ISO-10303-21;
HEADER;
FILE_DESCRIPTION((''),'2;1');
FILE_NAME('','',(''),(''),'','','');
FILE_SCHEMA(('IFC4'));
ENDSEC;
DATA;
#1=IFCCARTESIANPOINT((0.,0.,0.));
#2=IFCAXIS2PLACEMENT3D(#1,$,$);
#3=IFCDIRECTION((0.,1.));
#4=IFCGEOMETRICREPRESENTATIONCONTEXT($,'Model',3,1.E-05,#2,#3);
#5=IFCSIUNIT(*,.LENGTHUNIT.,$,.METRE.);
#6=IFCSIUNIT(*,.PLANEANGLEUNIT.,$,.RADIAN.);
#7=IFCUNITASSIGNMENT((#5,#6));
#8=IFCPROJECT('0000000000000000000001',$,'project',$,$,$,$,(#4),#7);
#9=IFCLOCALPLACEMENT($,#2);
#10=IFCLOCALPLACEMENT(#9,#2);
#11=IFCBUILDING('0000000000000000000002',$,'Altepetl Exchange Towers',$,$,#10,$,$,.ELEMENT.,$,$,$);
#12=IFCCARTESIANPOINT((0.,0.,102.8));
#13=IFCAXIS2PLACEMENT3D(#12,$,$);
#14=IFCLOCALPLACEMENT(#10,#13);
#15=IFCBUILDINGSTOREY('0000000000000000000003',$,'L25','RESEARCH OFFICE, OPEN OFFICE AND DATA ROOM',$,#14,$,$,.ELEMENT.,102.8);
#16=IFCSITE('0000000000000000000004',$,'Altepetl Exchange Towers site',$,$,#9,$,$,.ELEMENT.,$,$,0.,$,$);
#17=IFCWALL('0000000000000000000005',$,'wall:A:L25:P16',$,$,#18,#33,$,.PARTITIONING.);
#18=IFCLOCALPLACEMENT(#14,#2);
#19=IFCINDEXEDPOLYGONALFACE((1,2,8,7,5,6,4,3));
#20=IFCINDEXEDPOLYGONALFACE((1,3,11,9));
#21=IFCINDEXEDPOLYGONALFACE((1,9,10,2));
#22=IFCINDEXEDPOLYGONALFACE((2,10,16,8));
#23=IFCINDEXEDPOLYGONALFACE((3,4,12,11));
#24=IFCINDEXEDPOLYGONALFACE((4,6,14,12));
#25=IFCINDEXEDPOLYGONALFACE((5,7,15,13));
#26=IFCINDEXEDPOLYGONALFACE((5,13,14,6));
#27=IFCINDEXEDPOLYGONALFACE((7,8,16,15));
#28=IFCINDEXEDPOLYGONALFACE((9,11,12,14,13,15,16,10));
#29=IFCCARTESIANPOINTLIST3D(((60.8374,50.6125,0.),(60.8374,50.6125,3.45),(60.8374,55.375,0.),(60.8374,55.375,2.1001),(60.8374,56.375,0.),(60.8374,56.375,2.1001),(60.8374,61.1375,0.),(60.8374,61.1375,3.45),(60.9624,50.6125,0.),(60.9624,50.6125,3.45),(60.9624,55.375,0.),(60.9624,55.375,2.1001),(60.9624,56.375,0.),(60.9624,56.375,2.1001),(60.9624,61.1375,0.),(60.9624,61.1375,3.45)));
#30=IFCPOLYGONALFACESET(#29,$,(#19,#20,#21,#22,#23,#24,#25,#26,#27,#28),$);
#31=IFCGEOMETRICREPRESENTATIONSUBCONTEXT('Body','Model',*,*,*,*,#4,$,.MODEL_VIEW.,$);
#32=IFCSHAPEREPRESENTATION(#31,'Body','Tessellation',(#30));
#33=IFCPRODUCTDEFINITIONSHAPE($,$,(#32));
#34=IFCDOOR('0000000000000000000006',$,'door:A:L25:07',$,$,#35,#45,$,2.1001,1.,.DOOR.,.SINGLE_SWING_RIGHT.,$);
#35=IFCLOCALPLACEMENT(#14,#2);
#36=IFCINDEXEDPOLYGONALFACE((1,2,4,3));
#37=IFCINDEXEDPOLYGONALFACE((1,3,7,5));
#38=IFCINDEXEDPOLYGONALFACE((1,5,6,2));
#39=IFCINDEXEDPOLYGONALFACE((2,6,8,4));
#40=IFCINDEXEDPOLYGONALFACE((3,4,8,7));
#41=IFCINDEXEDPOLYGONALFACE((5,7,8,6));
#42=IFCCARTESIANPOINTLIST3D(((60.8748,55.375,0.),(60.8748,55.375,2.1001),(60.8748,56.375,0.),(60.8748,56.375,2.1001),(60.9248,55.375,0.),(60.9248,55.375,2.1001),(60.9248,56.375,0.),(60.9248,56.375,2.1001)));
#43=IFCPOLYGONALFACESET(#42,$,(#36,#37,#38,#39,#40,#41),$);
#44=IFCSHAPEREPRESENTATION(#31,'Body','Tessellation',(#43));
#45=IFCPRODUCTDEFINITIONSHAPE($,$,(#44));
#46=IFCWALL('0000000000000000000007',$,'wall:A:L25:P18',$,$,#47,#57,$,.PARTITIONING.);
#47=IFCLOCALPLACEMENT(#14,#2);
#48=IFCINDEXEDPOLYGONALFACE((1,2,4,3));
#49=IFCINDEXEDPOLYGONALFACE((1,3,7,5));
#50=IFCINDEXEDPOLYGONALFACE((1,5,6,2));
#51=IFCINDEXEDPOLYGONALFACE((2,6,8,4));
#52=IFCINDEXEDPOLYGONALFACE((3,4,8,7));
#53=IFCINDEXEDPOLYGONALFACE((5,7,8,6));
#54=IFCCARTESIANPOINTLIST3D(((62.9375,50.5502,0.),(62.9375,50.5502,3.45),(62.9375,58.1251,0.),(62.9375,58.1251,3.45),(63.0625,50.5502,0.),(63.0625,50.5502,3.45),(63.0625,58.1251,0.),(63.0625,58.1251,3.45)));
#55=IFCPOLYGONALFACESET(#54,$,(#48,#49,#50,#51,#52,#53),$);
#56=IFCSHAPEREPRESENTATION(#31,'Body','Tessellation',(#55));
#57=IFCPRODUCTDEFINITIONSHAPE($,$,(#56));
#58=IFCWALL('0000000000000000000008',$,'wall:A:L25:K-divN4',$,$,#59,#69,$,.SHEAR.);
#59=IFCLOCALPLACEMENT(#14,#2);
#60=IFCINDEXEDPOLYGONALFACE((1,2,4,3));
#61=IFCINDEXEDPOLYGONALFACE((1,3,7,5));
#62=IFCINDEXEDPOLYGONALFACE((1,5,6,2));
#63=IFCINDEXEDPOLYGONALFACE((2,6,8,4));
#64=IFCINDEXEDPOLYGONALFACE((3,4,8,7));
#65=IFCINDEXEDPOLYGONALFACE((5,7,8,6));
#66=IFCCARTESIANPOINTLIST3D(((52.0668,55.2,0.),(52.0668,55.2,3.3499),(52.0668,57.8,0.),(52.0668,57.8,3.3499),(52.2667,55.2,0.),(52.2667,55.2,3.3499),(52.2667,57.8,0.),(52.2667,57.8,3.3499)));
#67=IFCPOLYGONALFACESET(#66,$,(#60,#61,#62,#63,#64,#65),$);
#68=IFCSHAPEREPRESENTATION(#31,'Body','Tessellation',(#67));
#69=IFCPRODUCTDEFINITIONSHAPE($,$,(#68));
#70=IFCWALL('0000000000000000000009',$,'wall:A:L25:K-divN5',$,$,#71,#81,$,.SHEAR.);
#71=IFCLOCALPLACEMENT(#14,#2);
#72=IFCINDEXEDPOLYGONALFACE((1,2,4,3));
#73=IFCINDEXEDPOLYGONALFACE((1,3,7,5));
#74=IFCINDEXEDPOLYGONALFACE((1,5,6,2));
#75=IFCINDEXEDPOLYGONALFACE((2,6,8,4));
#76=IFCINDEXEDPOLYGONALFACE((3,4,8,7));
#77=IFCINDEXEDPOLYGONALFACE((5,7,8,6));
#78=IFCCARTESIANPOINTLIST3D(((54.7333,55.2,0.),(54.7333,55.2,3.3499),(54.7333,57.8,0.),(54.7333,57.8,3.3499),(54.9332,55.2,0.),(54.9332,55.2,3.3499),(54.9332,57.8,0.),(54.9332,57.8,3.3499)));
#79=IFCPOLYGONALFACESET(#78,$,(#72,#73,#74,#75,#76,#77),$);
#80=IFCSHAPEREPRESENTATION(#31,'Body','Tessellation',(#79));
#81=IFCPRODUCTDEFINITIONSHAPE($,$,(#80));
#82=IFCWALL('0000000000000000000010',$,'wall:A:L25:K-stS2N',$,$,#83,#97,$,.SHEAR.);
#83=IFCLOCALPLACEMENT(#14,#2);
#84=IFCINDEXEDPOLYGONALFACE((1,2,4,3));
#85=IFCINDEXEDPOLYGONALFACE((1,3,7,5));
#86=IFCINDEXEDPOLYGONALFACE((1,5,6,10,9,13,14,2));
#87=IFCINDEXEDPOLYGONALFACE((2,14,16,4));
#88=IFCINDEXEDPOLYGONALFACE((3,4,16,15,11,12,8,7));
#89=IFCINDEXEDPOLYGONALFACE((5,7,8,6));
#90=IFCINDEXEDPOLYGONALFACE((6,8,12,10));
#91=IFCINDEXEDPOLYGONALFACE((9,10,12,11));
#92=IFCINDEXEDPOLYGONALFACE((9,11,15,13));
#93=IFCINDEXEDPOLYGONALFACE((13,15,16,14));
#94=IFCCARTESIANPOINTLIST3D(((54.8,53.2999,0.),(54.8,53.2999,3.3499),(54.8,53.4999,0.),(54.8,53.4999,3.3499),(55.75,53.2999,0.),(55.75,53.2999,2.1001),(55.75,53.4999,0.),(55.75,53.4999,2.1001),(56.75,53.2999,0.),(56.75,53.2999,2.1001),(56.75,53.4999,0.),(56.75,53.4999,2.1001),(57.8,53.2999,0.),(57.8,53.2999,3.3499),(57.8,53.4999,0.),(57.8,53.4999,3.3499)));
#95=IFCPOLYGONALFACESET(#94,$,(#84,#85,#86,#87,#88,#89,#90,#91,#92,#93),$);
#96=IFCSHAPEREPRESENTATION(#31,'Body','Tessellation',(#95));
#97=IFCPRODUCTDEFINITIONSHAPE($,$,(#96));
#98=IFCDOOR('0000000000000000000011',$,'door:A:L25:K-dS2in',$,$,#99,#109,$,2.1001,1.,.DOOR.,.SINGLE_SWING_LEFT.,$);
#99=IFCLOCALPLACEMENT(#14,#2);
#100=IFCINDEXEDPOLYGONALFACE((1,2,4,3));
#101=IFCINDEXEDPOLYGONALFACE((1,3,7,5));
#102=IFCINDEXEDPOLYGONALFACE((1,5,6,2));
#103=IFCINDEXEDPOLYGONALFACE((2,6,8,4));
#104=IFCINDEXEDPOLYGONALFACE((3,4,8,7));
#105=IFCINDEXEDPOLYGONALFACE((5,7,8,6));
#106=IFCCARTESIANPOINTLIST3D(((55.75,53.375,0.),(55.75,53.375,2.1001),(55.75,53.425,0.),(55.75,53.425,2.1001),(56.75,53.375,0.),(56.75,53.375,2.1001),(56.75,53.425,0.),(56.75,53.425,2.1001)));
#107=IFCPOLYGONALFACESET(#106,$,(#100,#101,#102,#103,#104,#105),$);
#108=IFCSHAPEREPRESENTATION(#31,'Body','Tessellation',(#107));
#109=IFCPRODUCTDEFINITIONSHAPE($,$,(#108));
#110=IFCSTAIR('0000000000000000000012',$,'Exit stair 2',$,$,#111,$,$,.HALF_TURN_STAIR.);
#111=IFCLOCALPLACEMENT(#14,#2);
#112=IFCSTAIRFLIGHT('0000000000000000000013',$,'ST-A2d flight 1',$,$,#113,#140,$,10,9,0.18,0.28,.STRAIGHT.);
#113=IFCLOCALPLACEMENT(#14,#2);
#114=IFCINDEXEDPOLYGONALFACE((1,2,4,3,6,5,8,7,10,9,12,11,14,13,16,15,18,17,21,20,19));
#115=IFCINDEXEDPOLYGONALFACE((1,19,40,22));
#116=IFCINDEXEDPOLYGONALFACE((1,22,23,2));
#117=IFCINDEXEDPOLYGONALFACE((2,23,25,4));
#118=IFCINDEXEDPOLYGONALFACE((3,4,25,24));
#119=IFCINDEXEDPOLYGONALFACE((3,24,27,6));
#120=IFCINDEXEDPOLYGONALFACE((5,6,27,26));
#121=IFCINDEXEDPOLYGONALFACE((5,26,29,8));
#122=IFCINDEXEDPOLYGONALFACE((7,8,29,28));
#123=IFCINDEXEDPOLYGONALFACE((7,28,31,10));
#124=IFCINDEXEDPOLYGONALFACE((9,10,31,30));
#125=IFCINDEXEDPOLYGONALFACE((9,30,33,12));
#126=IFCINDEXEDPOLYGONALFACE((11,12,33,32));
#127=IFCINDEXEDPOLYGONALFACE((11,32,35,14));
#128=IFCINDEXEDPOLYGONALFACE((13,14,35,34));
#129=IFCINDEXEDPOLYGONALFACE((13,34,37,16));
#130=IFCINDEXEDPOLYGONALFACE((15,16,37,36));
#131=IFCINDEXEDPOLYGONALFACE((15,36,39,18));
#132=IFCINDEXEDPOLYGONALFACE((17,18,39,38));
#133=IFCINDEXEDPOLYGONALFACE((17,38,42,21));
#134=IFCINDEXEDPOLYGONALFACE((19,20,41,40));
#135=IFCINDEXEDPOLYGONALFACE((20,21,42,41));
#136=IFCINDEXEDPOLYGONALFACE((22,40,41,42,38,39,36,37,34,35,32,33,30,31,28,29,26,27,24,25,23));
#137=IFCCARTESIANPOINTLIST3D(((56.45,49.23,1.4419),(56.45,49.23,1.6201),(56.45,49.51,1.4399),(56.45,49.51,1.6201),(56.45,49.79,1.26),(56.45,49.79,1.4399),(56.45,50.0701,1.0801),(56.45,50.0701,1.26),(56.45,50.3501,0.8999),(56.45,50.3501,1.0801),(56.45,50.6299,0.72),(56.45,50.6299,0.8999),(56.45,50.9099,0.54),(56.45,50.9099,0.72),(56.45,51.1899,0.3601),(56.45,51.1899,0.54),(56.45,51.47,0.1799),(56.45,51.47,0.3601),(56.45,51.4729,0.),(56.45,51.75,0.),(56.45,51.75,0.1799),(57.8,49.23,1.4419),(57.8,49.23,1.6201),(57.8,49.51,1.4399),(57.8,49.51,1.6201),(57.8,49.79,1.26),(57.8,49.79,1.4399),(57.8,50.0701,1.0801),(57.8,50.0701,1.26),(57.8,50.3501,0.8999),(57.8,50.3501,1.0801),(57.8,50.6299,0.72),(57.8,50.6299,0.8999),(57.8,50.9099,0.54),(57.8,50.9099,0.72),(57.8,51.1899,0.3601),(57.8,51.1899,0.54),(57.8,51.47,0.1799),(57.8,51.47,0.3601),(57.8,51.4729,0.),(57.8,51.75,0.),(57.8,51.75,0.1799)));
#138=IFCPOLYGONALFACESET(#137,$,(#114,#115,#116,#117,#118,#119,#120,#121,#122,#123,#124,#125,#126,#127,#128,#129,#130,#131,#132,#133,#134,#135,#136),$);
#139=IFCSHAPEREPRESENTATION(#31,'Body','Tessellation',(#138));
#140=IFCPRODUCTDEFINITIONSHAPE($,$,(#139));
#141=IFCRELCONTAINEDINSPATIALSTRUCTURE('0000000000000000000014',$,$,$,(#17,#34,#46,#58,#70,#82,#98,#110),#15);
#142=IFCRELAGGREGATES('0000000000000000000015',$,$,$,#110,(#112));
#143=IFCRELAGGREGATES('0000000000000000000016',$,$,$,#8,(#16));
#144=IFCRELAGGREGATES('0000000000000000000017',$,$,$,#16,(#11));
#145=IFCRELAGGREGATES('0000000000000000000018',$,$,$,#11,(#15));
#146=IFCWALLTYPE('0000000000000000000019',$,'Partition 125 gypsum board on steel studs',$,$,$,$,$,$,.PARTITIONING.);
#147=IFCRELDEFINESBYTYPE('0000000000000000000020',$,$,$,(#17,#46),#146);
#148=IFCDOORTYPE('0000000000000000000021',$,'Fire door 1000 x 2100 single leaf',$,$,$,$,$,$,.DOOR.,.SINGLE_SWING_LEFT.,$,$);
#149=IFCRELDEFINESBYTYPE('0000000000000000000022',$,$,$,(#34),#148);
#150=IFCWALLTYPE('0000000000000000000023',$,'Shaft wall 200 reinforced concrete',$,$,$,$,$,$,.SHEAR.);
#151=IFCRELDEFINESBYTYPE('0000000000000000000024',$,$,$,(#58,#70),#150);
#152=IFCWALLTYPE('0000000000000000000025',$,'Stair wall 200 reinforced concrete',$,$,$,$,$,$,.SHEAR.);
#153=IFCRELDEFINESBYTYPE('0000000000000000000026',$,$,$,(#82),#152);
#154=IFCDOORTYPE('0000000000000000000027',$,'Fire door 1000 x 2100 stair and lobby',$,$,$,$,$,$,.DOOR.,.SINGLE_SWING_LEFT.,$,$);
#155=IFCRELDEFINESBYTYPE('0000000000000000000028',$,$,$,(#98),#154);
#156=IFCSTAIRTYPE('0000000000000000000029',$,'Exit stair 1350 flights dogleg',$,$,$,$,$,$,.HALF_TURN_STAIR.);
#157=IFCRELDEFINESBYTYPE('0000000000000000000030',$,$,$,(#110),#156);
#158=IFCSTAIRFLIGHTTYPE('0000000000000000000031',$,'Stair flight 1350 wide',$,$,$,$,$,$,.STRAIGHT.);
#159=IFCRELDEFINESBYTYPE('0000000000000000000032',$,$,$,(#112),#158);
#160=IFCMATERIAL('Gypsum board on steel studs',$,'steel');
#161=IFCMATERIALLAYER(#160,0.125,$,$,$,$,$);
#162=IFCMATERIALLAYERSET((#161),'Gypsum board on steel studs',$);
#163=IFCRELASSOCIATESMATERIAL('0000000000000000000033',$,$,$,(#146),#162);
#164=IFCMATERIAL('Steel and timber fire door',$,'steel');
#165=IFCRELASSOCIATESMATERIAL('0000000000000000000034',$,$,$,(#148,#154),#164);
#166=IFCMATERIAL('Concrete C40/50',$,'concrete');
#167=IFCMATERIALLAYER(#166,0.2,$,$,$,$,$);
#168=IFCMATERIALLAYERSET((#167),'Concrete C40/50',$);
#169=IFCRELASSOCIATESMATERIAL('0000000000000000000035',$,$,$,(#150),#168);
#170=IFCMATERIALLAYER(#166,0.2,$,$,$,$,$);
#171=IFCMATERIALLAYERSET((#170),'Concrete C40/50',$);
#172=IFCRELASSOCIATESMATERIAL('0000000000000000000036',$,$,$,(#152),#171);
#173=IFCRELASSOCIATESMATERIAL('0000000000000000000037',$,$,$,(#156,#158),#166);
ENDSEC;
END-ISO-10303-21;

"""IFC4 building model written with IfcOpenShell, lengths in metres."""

from ifc_helpers import new_model, si_unit, direction, frame, frame_2d, origin, place, context, subcontext, project, spatial, polyline, rectangle, outline, extrude, material, layer, layer_set, type_object, element, fill, aggregate, save


model = new_model("IFC4")

# Units and contexts
model_context = context("Model", 3, precision=1e-05, world=origin(), true_north=direction((0.0, 1.0)))
body_context = subcontext(model_context, "Body", "Model", "MODEL_VIEW")
ifc_project = project(units=[si_unit("LENGTHUNIT", "METRE"), si_unit("PLANEANGLEUNIT", "RADIAN")], contexts=[model_context])

# Site, building, storey
site_placement = place(None, origin())
site = spatial("IfcSite", under=ifc_project, at=site_placement, Name="Altepetl Exchange Towers site", CompositionType="ELEMENT", RefElevation=0.0)
building_placement = place(site_placement, origin())
building = spatial("IfcBuilding", under=site, at=building_placement, Name="Altepetl Exchange Towers", CompositionType="ELEMENT")
storey_placement = place(building_placement, frame((0.0, 0.0, 102.8)))
storey = spatial("IfcBuildingStorey", under=building, at=storey_placement, Name="L25", Description="RESEARCH OFFICE, OPEN OFFICE AND DATA ROOM", CompositionType="ELEMENT", Elevation=102.8)

# Wall, opening, door
ifc_material_1 = material(Name="Gypsum board on steel studs", Category="steel")
ifc_layer_1 = layer(ifc_material_1, 0.125)
ifc_layer_set_1 = layer_set([ifc_layer_1], Name="Gypsum board on steel studs")
wall_type_1 = type_object("IfcWallType", Name="Partition 125 gypsum board on steel studs", PredefinedType="PARTITIONING", material=ifc_layer_set_1)
ifc_material_2 = material(Name="Steel and timber fire door", Category="steel")
wall_1_placement = place(storey_placement, frame((60.8999, 50.6125, 0.0), z_axis=(0.0, 0.0, 1.0), x_axis=(0.0, 1.0, 0.0)))
wall_1 = element("IfcWall", 1, at=wall_1_placement, inside=storey, type_object=wall_type_1, Name="wall:A:L25:P16", PredefinedType="PARTITIONING", context=body_context, shape_type="SweptSolid", body=[
    extrude(rectangle(XDim=10.5249, YDim=0.125, at=frame_2d((5.2625, 0.0))), origin(), (0.0, 0.0, 1.0), 3.45),
])
opening_1_placement = place(wall_1_placement, frame((4.7625, 0.0, 0.0)))
opening_1 = element("IfcOpeningElement", 2, at=opening_1_placement, cuts=wall_1, PredefinedType="OPENING", context=body_context, shape_type="SweptSolid", body=[
    extrude(rectangle(XDim=1.0, YDim=2.1001, at=frame_2d((0.5, 1.05))), frame((0.0, 0.0725, 0.0), z_axis=(0.0, -1.0, 0.0), x_axis=(1.0, 0.0, 0.0)), (0.0, 0.0, 1.0), 0.145),
])
door_type_1 = type_object("IfcDoorType", Name="Fire door 1000 x 2100 single leaf", OperationType="SINGLE_SWING_LEFT", PredefinedType="DOOR", material=ifc_material_2)
door_1_placement = place(opening_1_placement, frame((1.0, 0.0, 0.0), x_axis=(-1.0, 0.0, 0.0)))
door_1 = element("IfcDoor", 3, at=door_1_placement, inside=storey, type_object=door_type_1, Name="door:A:L25:07", OperationType="SINGLE_SWING_RIGHT", OverallHeight=2.1001, OverallWidth=1.0, PredefinedType="DOOR", context=body_context, shape_type="SweptSolid", body=[
    extrude(rectangle(XDim=1.0, YDim=2.1001, at=frame_2d((0.5, 1.05))), frame((0.0, 0.0249, 0.0), z_axis=(0.0, -1.0, 0.0), x_axis=(1.0, 0.0, 0.0)), (0.0, 0.0, 1.0), 0.05),
])
fill(opening_1, door_1)

# Walls
wall_2_placement = place(storey_placement, frame((63.0, 50.55, 0.0), z_axis=(0.0, 0.0, 1.0), x_axis=(0.0, 1.0, 0.0)))
element("IfcWall", 4, at=wall_2_placement, inside=storey, type_object=wall_type_1, Name="wall:A:L25:P18", PredefinedType="PARTITIONING", context=body_context, shape_type="SweptSolid", body=[
    extrude(rectangle(XDim=7.575, YDim=0.125, at=frame_2d((3.7876, 0.0))), origin(), (0.0, 0.0, 1.0), 3.45),
])
ifc_material_3 = material(Name="Concrete C40/50", Category="concrete")
ifc_layer_2 = layer(ifc_material_3, 0.2)
ifc_layer_set_2 = layer_set([ifc_layer_2], Name="Concrete C40/50")
wall_type_2 = type_object("IfcWallType", Name="Shaft wall 200 reinforced concrete", PredefinedType="SHEAR", material=ifc_layer_set_2)
for number, where, z_axis, x_axis, name in (
    (5, (52.1667, 57.8, 0.0), (0.0, 0.0, 1.0), (0.0, -1.0, 0.0), "wall:A:L25:K-divN4"),
    (6, (54.8333, 57.8, 0.0), (0.0, 0.0, 1.0), (0.0, -1.0, 0.0), "wall:A:L25:K-divN5"),
):
    element("IfcWall", number, at=place(storey_placement, frame(where, z_axis=z_axis, x_axis=x_axis)), inside=storey, type_object=wall_type_2, Name=name, PredefinedType="SHEAR", context=body_context, shape_type="SweptSolid", body=[
        extrude(rectangle(XDim=2.6001, YDim=0.2, at=frame_2d((1.3, 0.0))), origin(), (0.0, 0.0, 1.0), 3.3499),
    ])

# Wall, opening, door
ifc_layer_3 = layer(ifc_material_3, 0.2)
ifc_layer_set_3 = layer_set([ifc_layer_3], Name="Concrete C40/50")
wall_type_3 = type_object("IfcWallType", Name="Stair wall 200 reinforced concrete", PredefinedType="SHEAR", material=ifc_layer_set_3)
wall_3_placement = place(storey_placement, frame((54.8, 53.3999, 0.0)))
wall_3 = element("IfcWall", 7, at=wall_3_placement, inside=storey, type_object=wall_type_3, Name="wall:A:L25:K-stS2N", PredefinedType="SHEAR", context=body_context, shape_type="SweptSolid", body=[
    extrude(rectangle(XDim=3.0, YDim=0.2, at=frame_2d((1.5, 0.0))), origin(), (0.0, 0.0, 1.0), 3.3499),
])
opening_2_placement = place(wall_3_placement, frame((0.95, 0.0, 0.0)))
opening_2 = element("IfcOpeningElement", 8, at=opening_2_placement, cuts=wall_3, PredefinedType="OPENING", context=body_context, shape_type="SweptSolid", body=[
    extrude(rectangle(XDim=1.0, YDim=2.1001, at=frame_2d((0.5, 1.05))), frame((0.0, 0.1099, 0.0), z_axis=(0.0, -1.0, 0.0), x_axis=(1.0, 0.0, 0.0)), (0.0, 0.0, 1.0), 0.22),
])
door_type_2 = type_object("IfcDoorType", Name="Fire door 1000 x 2100 stair and lobby", OperationType="SINGLE_SWING_LEFT", PredefinedType="DOOR", material=ifc_material_2)
door_2_placement = place(opening_2_placement, frame((1.0, 0.0, 0.0), x_axis=(-1.0, 0.0, 0.0)))
door_2 = element("IfcDoor", 9, at=door_2_placement, inside=storey, type_object=door_type_2, Name="door:A:L25:K-dS2in", OperationType="SINGLE_SWING_LEFT", OverallHeight=2.1001, OverallWidth=1.0, PredefinedType="DOOR", context=body_context, shape_type="SweptSolid", body=[
    extrude(rectangle(XDim=1.0, YDim=2.1001, at=frame_2d((0.5, 1.05))), frame((0.0, 0.0249, 0.0), z_axis=(0.0, -1.0, 0.0), x_axis=(1.0, 0.0, 0.0)), (0.0, 0.0, 1.0), 0.05),
])
fill(opening_2, door_2)

# Stair, stair flight
stair_type = type_object("IfcStairType", Name="Exit stair 1350 flights dogleg", PredefinedType="HALF_TURN_STAIR", material=ifc_material_3)
stair_placement = place(storey_placement, origin())
stair = element("IfcStair", 10, at=stair_placement, inside=storey, type_object=stair_type, Name="Exit stair 2", PredefinedType="HALF_TURN_STAIR")
stair_flight_type = type_object("IfcStairFlightType", Name="Stair flight 1350 wide", PredefinedType="STRAIGHT", material=ifc_material_3)
stair_flight_placement = place(storey_placement, frame((57.125, 51.75, 0.0), z_axis=(0.0, 0.0, 1.0), x_axis=(0.0, -1.0, 0.0)))
stair_flight = element("IfcStairFlight", 11, at=stair_flight_placement, type_object=stair_flight_type, Name="ST-A2d flight 1", NumberOfRisers=10, NumberOfTreads=9, PredefinedType="STRAIGHT", RiserHeight=0.18, TreadLength=0.28, context=body_context, shape_type="SweptSolid", body=[
    extrude(outline(polyline([(0.0, 0.0), (0.0, 0.1799), (0.28, 0.1799), (0.28, 0.3601), (0.5601, 0.3601), (0.5601, 0.54), (0.8401, 0.54), (0.8401, 0.72), (1.1201, 0.72), (1.1201, 0.8999), (1.3999, 0.8999), (1.3999, 1.0801), (1.6799, 1.0801), (1.6799, 1.26), (1.96, 1.26), (1.96, 1.4399), (2.24, 1.4399), (2.24, 1.6201), (2.52, 1.6201), (2.52, 1.8), (2.52, 1.4419), (0.2771, 0.0), (0.0, 0.0)])), frame((0.0, 0.675, 0.0), z_axis=(0.0, -1.0, 0.0), x_axis=(1.0, 0.0, 0.0)), (0.0, 0.0, 1.0), 1.3501),
])
aggregate(stair, [stair_flight])

save(model, "model.ifc")
